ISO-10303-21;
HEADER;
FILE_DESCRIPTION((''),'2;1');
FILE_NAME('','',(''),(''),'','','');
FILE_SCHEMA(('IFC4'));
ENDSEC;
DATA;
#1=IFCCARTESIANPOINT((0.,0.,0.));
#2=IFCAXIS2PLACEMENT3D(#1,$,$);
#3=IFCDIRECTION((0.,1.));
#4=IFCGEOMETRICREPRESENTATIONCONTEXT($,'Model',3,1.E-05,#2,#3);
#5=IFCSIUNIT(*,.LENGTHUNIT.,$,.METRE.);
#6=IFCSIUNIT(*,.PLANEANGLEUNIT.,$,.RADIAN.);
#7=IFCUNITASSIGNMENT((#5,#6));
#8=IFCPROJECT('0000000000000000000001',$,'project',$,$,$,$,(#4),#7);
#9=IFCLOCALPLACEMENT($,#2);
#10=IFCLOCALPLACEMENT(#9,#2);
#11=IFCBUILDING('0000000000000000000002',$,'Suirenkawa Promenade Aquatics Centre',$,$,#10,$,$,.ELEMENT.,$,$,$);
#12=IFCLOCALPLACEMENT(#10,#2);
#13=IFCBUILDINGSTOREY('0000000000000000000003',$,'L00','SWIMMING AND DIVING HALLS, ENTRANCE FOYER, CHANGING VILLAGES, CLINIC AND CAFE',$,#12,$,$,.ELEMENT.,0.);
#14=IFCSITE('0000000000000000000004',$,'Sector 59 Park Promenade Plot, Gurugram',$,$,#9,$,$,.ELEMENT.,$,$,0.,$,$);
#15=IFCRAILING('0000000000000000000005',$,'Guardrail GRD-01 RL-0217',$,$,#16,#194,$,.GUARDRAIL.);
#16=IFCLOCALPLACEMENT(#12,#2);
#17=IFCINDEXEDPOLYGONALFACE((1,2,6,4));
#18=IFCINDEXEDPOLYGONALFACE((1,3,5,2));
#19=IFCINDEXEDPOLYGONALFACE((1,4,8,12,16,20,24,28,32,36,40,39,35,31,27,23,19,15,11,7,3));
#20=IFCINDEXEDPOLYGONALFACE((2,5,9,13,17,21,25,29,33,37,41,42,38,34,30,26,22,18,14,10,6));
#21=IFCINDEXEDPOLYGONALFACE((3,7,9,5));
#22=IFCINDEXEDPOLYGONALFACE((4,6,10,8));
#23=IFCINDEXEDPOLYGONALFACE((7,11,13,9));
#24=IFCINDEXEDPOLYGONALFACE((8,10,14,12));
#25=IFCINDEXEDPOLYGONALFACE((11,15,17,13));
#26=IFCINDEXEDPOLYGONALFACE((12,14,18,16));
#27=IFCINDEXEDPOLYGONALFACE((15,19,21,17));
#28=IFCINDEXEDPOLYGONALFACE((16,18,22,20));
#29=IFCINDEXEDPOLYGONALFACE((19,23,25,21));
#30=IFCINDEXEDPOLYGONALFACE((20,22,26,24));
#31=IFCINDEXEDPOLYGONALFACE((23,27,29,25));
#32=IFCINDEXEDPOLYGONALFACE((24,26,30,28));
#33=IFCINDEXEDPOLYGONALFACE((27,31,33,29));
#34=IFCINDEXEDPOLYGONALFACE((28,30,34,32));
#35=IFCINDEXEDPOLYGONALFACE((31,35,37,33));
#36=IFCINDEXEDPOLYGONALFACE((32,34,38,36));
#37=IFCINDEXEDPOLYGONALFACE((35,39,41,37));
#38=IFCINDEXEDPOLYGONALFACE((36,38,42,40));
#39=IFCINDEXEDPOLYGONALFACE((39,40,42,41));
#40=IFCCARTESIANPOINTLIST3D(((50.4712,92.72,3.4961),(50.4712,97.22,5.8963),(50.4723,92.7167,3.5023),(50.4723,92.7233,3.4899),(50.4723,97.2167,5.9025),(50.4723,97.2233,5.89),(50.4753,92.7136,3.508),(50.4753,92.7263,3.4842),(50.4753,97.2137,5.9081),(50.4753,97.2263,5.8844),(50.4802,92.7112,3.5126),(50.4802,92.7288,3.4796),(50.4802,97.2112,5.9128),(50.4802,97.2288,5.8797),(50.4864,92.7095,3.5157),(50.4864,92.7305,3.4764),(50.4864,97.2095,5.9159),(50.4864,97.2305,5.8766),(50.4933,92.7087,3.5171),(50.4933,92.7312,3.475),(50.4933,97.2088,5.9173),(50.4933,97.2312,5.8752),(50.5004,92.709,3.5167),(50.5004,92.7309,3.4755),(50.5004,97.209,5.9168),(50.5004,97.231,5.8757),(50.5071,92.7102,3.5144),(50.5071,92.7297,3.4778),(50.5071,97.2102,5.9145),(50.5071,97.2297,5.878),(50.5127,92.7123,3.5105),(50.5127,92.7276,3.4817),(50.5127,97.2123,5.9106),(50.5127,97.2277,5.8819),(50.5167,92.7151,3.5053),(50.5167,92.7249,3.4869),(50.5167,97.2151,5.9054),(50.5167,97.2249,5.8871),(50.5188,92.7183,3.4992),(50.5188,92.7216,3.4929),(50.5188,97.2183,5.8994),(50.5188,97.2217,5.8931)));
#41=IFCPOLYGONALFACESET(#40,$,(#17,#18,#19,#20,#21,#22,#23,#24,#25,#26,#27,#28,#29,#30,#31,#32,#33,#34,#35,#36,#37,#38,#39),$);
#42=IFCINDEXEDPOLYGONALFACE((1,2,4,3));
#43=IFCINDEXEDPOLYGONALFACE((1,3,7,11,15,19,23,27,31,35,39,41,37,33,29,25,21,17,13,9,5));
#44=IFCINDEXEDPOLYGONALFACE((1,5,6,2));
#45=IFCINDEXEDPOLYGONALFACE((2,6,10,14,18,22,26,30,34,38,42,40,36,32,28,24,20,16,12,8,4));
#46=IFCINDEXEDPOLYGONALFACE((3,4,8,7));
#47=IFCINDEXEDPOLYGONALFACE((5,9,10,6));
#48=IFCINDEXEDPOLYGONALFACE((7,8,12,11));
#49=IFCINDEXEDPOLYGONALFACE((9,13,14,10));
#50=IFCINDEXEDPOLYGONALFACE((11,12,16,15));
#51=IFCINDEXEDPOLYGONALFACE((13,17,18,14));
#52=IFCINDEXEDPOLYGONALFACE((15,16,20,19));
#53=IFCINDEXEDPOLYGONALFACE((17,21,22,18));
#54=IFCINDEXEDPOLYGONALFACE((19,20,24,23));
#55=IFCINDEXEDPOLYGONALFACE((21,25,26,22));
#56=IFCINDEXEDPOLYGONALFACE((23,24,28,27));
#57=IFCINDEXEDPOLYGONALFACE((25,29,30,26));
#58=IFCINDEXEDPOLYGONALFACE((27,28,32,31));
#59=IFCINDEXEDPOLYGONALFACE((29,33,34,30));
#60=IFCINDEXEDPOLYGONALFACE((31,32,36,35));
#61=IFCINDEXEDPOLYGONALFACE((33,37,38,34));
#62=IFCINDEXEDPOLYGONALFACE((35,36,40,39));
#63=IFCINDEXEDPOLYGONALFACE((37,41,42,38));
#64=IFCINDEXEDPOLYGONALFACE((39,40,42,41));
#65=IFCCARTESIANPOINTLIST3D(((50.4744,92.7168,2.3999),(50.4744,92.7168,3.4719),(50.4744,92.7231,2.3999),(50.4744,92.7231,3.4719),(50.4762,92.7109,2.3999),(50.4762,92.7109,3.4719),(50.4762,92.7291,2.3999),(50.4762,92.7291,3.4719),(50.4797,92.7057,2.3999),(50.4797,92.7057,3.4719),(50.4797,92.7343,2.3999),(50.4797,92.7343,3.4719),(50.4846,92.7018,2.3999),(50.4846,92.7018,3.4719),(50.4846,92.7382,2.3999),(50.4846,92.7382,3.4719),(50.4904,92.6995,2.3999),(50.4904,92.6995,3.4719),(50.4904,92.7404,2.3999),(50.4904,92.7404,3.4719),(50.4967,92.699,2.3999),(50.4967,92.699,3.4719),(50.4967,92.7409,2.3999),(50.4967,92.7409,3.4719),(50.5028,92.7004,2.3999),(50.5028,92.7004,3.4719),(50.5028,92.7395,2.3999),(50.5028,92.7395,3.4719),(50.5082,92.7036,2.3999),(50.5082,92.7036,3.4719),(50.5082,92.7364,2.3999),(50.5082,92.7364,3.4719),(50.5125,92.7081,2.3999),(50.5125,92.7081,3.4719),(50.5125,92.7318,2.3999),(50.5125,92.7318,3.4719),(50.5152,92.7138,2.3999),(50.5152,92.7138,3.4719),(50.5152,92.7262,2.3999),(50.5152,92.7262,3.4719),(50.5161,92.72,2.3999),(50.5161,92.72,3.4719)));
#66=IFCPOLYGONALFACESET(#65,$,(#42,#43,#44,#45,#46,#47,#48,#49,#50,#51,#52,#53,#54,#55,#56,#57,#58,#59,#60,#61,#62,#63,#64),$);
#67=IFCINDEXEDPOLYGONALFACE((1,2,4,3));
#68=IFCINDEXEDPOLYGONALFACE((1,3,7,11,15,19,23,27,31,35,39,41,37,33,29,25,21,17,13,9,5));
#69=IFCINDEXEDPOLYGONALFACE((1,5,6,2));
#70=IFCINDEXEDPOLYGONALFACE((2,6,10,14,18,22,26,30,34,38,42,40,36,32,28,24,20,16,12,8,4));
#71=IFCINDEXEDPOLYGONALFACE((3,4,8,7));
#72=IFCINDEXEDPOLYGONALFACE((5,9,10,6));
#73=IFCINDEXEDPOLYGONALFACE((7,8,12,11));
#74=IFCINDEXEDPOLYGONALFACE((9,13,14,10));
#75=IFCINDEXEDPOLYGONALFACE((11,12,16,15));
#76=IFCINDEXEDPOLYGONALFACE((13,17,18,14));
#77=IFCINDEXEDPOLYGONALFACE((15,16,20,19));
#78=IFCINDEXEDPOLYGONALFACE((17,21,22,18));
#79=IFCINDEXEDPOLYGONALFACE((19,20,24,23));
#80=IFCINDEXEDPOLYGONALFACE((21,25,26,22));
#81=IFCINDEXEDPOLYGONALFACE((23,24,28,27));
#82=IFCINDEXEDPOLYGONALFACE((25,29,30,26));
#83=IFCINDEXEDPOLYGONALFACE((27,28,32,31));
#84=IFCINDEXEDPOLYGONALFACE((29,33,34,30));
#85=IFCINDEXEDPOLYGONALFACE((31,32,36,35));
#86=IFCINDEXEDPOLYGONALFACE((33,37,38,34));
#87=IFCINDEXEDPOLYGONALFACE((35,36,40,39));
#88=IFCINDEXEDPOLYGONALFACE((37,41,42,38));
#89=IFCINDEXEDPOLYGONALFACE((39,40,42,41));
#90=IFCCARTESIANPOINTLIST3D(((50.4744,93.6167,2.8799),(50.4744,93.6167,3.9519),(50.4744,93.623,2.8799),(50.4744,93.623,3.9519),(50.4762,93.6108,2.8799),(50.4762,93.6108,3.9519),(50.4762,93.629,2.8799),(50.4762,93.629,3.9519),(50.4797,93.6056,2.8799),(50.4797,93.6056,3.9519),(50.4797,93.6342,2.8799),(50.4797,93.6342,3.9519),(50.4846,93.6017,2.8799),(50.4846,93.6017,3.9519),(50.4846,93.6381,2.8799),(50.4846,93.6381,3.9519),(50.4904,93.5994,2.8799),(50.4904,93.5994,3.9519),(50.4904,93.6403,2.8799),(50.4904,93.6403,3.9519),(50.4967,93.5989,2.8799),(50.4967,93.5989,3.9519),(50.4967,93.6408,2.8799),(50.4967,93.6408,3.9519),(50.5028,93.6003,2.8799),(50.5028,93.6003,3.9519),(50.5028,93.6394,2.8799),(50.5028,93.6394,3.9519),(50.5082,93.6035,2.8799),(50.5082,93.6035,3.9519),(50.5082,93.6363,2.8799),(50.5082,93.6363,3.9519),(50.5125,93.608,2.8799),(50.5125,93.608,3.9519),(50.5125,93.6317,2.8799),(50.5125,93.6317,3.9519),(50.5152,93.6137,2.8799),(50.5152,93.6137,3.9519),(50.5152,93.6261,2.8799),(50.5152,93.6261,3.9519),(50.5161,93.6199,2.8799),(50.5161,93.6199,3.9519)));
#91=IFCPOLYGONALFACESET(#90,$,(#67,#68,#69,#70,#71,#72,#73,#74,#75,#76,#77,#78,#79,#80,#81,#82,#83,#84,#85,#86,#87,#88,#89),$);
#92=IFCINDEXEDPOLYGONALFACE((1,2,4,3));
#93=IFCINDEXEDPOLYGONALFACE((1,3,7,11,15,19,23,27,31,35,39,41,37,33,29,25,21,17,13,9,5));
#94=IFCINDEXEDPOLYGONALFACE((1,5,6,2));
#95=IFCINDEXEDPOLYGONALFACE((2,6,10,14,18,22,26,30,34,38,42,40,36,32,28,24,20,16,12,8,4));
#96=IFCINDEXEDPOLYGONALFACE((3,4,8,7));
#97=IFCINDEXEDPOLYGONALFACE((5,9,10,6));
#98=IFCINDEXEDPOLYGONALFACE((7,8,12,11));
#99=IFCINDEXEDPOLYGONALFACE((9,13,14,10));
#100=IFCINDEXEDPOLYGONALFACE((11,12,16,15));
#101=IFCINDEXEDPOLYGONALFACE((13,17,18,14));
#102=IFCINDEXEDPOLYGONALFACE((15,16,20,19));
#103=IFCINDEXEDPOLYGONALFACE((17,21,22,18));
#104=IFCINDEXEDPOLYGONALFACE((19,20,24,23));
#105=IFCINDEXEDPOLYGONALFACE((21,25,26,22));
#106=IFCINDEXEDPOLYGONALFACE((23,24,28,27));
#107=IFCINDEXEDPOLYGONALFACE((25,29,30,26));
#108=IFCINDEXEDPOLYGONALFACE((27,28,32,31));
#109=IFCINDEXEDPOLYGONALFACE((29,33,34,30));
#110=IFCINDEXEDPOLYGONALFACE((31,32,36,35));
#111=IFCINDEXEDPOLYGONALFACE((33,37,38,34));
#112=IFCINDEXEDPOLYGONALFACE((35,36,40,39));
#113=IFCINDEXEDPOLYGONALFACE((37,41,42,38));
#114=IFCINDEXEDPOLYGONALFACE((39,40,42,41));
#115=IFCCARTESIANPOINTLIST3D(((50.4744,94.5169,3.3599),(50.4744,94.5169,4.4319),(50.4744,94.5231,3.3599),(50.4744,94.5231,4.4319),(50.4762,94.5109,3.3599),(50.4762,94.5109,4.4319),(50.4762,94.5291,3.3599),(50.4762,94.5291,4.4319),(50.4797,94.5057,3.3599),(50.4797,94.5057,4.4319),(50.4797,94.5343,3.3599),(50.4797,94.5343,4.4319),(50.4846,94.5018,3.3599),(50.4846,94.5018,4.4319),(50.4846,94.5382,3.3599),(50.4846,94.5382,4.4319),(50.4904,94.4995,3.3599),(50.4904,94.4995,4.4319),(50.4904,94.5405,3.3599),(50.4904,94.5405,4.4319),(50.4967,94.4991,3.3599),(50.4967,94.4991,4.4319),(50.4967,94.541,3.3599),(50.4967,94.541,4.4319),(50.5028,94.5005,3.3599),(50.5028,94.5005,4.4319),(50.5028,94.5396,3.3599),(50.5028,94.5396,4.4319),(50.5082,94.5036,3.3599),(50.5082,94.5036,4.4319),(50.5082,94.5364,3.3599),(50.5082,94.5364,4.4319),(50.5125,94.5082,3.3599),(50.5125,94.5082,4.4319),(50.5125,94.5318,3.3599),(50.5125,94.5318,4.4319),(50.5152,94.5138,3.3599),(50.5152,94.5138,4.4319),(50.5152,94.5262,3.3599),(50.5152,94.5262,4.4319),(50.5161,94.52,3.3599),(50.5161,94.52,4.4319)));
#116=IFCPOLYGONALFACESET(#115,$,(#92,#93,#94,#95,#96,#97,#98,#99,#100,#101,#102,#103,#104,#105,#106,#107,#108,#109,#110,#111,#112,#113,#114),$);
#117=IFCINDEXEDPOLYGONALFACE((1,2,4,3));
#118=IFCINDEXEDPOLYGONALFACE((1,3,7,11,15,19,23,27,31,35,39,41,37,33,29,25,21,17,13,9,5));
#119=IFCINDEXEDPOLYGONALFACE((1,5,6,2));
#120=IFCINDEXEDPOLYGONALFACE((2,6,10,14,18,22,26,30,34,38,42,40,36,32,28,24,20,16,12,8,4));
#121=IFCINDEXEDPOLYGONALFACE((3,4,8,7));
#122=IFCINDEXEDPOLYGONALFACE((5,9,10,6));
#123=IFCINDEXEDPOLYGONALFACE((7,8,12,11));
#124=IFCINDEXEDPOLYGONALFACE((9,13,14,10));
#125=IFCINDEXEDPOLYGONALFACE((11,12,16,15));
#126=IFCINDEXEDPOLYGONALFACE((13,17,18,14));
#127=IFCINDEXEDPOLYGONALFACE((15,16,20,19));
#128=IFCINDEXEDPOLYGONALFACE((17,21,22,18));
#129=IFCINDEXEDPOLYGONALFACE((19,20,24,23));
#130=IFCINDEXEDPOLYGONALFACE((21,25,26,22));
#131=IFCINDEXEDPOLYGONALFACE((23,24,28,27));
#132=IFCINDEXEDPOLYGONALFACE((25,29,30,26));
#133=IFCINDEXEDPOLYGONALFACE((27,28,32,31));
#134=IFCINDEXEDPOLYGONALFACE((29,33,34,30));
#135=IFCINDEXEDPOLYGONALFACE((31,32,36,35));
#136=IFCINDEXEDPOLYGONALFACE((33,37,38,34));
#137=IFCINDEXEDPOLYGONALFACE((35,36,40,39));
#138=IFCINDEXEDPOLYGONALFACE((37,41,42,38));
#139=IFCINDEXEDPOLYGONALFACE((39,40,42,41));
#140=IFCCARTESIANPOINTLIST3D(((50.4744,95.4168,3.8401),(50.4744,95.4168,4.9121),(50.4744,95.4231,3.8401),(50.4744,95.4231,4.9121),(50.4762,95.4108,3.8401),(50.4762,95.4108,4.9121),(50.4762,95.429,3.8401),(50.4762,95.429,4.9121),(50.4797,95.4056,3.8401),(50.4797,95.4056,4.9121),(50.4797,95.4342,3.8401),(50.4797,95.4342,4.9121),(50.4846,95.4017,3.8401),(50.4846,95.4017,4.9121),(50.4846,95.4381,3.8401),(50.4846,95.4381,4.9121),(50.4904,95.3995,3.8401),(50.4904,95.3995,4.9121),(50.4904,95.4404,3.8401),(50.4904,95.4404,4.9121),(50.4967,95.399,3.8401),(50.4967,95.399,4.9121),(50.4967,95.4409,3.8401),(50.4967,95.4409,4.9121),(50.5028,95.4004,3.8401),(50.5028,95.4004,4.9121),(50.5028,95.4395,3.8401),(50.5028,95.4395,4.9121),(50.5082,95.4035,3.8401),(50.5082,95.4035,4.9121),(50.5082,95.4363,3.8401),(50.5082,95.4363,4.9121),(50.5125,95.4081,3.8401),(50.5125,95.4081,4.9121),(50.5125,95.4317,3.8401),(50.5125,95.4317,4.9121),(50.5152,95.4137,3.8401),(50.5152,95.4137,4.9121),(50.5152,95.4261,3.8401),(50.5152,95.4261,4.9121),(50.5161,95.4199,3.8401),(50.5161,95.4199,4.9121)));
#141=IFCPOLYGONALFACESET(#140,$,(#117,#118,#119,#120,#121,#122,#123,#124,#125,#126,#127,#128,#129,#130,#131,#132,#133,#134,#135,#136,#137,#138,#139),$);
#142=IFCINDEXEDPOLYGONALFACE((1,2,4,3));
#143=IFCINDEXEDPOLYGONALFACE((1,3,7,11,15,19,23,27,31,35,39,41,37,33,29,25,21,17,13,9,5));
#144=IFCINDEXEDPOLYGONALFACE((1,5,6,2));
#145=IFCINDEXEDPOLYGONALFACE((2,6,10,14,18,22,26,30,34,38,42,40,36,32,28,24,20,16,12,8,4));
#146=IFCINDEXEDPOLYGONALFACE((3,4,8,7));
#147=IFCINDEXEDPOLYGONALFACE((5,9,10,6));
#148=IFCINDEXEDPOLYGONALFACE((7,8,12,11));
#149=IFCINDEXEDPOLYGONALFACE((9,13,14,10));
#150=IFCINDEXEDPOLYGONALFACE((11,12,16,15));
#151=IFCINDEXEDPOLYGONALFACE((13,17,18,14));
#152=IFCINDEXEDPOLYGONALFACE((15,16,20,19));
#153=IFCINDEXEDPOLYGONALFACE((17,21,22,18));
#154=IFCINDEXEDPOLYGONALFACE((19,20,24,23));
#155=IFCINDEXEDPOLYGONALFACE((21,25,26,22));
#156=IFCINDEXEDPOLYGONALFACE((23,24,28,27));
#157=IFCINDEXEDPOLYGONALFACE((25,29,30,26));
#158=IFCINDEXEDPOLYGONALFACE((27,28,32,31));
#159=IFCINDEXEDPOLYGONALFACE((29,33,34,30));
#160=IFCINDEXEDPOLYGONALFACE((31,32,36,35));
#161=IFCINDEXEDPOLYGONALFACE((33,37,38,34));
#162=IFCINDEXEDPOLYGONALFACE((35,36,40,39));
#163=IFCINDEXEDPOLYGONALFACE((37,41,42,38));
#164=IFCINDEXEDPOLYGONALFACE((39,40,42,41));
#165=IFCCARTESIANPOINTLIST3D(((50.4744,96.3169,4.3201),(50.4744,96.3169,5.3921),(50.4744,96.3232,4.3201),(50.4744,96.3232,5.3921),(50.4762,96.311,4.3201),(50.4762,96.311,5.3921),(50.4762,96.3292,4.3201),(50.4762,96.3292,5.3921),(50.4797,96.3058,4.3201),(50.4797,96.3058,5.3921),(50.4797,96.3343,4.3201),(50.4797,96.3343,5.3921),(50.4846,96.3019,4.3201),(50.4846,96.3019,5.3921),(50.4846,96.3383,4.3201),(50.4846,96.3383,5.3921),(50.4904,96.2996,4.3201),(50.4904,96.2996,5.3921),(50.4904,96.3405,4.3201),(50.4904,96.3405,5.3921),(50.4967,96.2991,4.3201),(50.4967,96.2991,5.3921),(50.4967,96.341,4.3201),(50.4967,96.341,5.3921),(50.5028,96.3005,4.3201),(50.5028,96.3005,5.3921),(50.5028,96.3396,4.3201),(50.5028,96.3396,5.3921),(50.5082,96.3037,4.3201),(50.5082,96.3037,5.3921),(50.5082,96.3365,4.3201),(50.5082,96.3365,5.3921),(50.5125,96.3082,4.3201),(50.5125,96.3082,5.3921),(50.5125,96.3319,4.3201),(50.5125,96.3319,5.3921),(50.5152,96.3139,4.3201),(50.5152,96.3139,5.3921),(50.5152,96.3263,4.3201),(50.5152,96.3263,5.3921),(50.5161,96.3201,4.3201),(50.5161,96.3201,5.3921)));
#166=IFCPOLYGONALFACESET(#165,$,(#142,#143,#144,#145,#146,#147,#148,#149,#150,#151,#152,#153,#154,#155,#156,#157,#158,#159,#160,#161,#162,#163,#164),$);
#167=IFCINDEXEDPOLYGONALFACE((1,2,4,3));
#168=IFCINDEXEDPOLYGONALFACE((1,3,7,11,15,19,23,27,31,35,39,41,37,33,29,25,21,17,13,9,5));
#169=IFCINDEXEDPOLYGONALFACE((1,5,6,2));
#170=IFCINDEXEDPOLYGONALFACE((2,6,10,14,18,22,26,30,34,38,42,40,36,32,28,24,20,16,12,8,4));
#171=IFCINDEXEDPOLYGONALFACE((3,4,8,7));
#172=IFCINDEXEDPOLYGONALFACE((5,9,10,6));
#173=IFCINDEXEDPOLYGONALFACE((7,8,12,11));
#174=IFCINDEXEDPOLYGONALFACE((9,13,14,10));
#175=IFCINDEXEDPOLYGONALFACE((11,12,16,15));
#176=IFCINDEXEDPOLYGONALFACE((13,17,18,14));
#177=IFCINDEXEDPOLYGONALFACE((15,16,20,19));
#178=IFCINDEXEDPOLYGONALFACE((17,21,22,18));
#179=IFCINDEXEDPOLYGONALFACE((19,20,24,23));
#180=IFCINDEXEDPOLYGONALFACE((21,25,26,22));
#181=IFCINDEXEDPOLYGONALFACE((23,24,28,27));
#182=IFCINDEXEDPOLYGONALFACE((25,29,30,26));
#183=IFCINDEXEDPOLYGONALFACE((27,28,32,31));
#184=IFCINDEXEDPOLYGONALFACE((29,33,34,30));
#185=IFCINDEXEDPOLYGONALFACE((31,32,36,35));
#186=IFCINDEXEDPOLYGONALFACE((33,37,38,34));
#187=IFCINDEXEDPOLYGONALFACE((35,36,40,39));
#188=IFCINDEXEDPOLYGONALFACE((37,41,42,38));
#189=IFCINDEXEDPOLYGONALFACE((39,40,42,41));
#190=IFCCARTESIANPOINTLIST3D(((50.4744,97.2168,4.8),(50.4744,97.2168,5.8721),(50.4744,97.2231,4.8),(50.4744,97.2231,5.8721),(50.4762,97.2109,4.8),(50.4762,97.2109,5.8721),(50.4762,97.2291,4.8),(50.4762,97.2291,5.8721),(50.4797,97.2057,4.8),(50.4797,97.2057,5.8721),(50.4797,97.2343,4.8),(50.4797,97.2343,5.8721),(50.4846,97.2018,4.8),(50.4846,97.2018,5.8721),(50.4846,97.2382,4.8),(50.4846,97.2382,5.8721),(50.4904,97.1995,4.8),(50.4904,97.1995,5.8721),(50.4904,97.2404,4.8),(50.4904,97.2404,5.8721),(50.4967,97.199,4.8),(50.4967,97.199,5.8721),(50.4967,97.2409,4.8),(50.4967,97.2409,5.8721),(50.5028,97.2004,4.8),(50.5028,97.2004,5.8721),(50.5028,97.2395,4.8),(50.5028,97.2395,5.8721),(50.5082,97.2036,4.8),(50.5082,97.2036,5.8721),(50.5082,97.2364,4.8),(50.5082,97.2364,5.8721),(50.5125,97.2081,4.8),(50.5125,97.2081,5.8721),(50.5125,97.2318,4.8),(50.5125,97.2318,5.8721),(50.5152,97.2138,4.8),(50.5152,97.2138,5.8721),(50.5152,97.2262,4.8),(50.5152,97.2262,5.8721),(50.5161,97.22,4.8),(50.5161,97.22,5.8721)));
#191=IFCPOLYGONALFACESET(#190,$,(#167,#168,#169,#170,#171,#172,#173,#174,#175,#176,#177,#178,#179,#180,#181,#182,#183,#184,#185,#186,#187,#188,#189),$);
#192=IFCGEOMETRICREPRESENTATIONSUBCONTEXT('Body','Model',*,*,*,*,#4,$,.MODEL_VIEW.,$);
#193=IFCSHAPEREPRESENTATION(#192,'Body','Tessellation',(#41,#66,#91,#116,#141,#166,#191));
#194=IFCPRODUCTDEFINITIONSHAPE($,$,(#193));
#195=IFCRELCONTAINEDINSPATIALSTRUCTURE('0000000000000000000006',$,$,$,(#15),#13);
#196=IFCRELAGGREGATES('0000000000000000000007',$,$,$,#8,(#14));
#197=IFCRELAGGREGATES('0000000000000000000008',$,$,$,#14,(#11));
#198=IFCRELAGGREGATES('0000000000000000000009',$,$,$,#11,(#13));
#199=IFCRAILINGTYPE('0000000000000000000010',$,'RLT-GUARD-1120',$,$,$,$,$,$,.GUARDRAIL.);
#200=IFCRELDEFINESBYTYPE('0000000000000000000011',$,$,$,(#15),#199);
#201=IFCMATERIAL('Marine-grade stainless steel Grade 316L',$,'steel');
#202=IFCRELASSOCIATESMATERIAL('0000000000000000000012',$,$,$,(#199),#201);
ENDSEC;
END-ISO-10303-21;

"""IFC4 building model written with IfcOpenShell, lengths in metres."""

from ifc_helpers import new_model, si_unit, direction, frame, origin, origin_2d, place, context, subcontext, project, spatial, circle, extrude, material, type_object, element, save


model = new_model("IFC4")

# Units and contexts
model_context = context("Model", 3, precision=1e-05, world=origin(), true_north=direction((0.0, 1.0)))
body_context = subcontext(model_context, "Body", "Model", "MODEL_VIEW")
ifc_project = project(units=[si_unit("LENGTHUNIT", "METRE"), si_unit("PLANEANGLEUNIT", "RADIAN")], contexts=[model_context])

# Site, building, storey
site_placement = place(None, origin())
site = spatial("IfcSite", under=ifc_project, at=site_placement, Name="Sector 59 Park Promenade Plot, Gurugram", CompositionType="ELEMENT", RefElevation=0.0)
building_placement = place(site_placement, origin())
building = spatial("IfcBuilding", under=site, at=building_placement, Name="Suirenkawa Promenade Aquatics Centre", CompositionType="ELEMENT")
storey_placement = place(building_placement, origin())
storey = spatial("IfcBuildingStorey", under=building, at=storey_placement, Name="L00", Description="SWIMMING AND DIVING HALLS, ENTRANCE FOYER, CHANGING VILLAGES, CLINIC AND CAFE", CompositionType="ELEMENT", Elevation=0.0)

# Railing
ifc_material_1 = material(Name="Marine-grade stainless steel Grade 316L", Category="steel")
railing_type_1 = type_object("IfcRailingType", Name="RLT-GUARD-1120", PredefinedType="GUARDRAIL", material=ifc_material_1)
for number, where, name in (
    (1, (50.4951, 92.72, 2.3999), "Guardrail GRD-01 RL-0217"),
):
    element("IfcRailing", number, at=place(storey_placement, frame(where)), inside=storey, type_object=railing_type_1, Name=name, PredefinedType="GUARDRAIL", context=body_context, shape_type="SweptSolid", body=[
        extrude(circle(Radius=0.0239, at=origin_2d()), frame((0.0, 0.0, 1.0962), z_axis=(0.0, 0.882341, 0.470611), x_axis=(-1.0, 0.0, 0.0)), (0.0, 0.0, 1.0), 5.1001),
        extrude(circle(Radius=0.021, at=origin_2d()), origin(), (0.0, 0.0, 1.0), 1.072),
        extrude(circle(Radius=0.021, at=origin_2d()), frame((0.0, 0.8999, 0.48)), (0.0, 0.0, 1.0), 1.072),
        extrude(circle(Radius=0.021, at=origin_2d()), frame((0.0, 1.8, 0.96)), (0.0, 0.0, 1.0), 1.072),
        extrude(circle(Radius=0.021, at=origin_2d()), frame((0.0, 2.7, 1.4402)), (0.0, 0.0, 1.0), 1.072),
        extrude(circle(Radius=0.021, at=origin_2d()), frame((0.0, 3.6001, 1.9202)), (0.0, 0.0, 1.0), 1.072),
        extrude(circle(Radius=0.021, at=origin_2d()), frame((0.0, 4.5, 2.4001)), (0.0, 0.0, 1.0), 1.072),
    ])

save(model, "model.ifc")
